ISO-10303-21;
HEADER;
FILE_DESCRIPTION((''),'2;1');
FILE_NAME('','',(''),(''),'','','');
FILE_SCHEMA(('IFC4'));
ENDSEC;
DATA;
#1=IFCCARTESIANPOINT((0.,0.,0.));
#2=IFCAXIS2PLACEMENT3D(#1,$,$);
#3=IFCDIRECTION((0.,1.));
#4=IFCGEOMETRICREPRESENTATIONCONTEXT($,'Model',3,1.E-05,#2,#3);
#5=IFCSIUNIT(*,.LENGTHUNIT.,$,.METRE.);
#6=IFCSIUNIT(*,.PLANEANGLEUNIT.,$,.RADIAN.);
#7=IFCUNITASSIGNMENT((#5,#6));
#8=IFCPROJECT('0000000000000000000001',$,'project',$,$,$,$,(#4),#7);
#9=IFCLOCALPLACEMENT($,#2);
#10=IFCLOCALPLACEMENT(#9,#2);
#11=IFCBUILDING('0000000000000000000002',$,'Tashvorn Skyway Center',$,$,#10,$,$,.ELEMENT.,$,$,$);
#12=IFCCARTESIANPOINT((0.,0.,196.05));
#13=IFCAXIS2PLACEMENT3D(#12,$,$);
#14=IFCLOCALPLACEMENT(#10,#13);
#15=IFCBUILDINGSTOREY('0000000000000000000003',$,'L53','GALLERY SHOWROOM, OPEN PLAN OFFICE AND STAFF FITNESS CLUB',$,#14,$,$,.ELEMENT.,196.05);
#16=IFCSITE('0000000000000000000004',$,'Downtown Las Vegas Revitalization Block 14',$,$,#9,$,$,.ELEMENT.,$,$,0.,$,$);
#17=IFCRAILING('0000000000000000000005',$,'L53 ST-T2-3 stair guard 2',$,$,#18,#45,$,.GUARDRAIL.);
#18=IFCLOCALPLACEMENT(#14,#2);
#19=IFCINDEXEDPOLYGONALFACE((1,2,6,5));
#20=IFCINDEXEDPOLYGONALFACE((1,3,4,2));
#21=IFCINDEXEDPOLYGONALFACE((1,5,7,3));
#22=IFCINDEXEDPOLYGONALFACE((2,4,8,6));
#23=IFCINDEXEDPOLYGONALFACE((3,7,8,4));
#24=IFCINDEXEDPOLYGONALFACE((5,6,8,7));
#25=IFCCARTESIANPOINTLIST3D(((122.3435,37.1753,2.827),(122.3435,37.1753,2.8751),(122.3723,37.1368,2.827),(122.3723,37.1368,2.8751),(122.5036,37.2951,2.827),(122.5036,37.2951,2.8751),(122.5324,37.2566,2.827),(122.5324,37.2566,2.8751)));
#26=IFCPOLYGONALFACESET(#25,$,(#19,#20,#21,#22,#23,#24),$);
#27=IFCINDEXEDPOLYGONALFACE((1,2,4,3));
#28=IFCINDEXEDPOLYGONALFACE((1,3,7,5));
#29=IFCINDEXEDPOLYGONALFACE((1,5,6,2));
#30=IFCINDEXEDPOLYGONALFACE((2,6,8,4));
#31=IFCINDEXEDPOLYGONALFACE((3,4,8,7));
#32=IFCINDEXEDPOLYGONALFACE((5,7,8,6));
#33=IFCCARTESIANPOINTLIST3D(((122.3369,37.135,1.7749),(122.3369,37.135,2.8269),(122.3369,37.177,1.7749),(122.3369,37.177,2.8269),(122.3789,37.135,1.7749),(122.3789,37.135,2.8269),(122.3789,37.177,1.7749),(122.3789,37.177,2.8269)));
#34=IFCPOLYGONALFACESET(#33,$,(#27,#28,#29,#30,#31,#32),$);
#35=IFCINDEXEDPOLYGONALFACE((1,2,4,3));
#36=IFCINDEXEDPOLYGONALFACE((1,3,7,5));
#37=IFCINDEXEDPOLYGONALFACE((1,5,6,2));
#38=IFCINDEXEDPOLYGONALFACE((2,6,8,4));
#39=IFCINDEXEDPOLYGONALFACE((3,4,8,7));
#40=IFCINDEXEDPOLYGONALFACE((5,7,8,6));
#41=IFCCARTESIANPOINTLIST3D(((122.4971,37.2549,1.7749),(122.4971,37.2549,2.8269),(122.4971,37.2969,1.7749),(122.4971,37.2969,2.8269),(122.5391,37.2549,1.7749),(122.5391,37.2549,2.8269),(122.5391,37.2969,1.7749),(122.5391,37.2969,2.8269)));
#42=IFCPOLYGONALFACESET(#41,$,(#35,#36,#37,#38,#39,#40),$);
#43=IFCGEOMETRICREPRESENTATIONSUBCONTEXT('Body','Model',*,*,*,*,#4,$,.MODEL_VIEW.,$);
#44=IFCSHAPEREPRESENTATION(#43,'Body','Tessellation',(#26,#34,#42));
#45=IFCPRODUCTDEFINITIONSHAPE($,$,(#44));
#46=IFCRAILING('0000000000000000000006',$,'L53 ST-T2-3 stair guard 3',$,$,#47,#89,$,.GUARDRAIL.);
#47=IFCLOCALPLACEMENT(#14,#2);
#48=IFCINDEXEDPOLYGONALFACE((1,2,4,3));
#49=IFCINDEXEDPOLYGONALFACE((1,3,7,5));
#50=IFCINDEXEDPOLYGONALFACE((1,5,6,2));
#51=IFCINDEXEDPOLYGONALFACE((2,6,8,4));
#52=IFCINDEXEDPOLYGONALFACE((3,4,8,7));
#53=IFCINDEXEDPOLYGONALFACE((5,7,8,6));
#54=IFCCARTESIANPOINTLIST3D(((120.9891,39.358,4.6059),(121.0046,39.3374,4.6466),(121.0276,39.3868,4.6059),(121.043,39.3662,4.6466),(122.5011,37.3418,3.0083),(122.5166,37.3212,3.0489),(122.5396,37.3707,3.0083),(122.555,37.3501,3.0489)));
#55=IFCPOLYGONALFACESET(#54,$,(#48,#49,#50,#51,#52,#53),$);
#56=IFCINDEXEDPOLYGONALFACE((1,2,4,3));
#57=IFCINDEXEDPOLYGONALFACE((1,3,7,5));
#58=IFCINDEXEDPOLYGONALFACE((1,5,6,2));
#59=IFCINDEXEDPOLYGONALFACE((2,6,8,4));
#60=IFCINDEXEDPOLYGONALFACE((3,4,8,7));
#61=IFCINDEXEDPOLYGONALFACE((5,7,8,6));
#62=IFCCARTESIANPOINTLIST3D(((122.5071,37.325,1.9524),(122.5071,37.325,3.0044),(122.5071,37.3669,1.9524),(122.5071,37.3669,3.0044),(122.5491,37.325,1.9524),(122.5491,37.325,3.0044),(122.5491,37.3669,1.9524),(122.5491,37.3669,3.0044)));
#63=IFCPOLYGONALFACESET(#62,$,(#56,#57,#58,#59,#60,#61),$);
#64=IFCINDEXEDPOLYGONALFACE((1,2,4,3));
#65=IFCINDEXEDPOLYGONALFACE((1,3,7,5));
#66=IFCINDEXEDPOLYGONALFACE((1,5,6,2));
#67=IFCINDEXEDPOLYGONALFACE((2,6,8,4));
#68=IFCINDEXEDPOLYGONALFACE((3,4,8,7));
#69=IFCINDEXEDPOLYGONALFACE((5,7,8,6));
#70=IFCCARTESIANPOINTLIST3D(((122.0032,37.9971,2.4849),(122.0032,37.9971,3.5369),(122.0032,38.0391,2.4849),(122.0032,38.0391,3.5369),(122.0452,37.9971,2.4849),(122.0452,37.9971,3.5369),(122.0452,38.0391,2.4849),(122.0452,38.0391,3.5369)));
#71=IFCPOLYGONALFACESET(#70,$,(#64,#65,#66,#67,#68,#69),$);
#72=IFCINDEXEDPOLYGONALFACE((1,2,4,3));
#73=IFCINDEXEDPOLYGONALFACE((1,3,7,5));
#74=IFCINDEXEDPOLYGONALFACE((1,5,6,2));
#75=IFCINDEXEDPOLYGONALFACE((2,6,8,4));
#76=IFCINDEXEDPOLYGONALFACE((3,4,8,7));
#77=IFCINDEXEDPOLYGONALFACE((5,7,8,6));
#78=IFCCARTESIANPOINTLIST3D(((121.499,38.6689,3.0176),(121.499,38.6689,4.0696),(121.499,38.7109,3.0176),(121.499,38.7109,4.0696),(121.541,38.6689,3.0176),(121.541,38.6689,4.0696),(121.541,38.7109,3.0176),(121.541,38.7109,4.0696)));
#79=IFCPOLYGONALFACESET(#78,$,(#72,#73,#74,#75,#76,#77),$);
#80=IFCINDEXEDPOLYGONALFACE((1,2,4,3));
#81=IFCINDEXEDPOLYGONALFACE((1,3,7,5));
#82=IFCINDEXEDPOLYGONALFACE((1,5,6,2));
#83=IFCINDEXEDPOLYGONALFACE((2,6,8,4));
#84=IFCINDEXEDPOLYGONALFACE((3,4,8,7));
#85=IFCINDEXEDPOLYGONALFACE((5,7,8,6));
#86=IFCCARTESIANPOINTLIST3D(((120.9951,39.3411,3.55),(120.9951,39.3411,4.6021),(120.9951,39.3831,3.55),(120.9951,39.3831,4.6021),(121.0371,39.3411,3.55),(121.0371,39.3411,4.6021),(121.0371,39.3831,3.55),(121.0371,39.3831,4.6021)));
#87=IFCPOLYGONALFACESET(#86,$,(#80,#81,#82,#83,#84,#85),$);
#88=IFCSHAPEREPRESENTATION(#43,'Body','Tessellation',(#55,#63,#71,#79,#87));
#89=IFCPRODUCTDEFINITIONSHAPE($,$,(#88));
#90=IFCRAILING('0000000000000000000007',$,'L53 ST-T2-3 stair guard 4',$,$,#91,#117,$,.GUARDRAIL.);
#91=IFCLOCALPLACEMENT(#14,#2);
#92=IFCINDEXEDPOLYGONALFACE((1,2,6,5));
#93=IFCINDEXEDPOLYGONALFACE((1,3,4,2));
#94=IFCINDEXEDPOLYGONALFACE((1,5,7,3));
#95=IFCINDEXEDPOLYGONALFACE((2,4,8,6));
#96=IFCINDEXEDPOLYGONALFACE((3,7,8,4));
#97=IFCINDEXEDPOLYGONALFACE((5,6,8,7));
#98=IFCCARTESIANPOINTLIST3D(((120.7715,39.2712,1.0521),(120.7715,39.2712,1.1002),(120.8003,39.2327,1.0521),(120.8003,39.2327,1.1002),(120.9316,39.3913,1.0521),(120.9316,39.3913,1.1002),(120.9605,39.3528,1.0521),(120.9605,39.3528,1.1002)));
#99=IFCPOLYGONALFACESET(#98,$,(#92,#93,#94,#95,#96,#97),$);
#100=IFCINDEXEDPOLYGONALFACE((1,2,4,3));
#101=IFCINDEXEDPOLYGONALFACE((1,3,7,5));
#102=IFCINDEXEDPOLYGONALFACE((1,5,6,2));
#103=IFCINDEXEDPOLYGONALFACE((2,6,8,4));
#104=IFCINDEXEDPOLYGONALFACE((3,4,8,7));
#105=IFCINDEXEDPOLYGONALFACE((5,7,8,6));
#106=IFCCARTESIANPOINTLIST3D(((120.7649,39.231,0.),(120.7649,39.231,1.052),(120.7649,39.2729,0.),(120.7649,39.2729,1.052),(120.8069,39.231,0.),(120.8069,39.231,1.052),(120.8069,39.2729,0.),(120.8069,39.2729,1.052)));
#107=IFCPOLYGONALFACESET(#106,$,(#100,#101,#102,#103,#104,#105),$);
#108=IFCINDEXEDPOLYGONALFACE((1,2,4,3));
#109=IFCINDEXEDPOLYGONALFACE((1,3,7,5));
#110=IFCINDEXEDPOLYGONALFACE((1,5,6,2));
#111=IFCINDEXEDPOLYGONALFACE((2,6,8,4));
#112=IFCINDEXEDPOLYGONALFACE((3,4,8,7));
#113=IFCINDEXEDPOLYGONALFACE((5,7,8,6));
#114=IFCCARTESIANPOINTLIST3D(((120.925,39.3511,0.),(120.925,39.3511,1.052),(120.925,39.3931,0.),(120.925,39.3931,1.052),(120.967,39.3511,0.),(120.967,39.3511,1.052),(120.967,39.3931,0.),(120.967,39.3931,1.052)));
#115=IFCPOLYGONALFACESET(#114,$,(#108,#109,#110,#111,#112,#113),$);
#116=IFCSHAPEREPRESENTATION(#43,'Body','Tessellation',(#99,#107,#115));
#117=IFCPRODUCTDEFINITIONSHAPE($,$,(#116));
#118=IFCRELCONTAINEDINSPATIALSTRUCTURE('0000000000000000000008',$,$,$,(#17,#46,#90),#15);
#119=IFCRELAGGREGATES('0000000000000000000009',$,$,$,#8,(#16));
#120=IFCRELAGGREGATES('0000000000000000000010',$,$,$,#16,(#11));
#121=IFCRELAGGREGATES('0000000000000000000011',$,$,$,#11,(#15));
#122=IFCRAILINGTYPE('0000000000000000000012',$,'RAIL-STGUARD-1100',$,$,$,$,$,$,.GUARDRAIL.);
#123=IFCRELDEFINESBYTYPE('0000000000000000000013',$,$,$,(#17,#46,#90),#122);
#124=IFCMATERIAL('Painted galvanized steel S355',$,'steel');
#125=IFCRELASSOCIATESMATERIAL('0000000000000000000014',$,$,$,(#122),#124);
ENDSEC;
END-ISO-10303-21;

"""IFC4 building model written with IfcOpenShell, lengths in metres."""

from ifc_helpers import new_model, si_unit, direction, frame, origin, origin_2d, place, context, subcontext, project, spatial, rectangle, extrude, material, type_object, element, save


model = new_model("IFC4")

# Units and contexts
model_context = context("Model", 3, precision=1e-05, world=origin(), true_north=direction((0.0, 1.0)))
body_context = subcontext(model_context, "Body", "Model", "MODEL_VIEW")
ifc_project = project(units=[si_unit("LENGTHUNIT", "METRE"), si_unit("PLANEANGLEUNIT", "RADIAN")], contexts=[model_context])

# Site, building, storey
site_placement = place(None, origin())
site = spatial("IfcSite", under=ifc_project, at=site_placement, Name="Downtown Las Vegas Revitalization Block 14", CompositionType="ELEMENT", RefElevation=0.0)
building_placement = place(site_placement, origin())
building = spatial("IfcBuilding", under=site, at=building_placement, Name="Tashvorn Skyway Center", CompositionType="ELEMENT")
storey_placement = place(building_placement, frame((0.0, 0.0, 196.05)))
storey = spatial("IfcBuildingStorey", under=building, at=storey_placement, Name="L53", Description="GALLERY SHOWROOM, OPEN PLAN OFFICE AND STAFF FITNESS CLUB", CompositionType="ELEMENT", Elevation=196.05)

# Railings
ifc_material_1 = material(Name="Painted galvanized steel S355", Category="steel")
railing_type_1 = type_object("IfcRailingType", Name="RAIL-STGUARD-1100", PredefinedType="GUARDRAIL", material=ifc_material_1)
railing_1_placement = place(storey_placement, frame((122.3579, 37.156, 1.7749)))
element("IfcRailing", 1, at=railing_1_placement, inside=storey, type_object=railing_type_1, Name="L53 ST-T2-3 stair guard 2", PredefinedType="GUARDRAIL", context=body_context, shape_type="SweptSolid", body=[
    extrude(rectangle(XDim=0.0481, YDim=0.0481, at=origin_2d()), frame((0.0, 0.0, 1.0762), z_axis=(0.800585, 0.599219, 0.0), x_axis=(-0.599219, 0.800585, 0.0)), (0.0, 0.0, 1.0), 0.2),
    extrude(rectangle(XDim=0.042, YDim=0.042, at=origin_2d()), origin(), (0.0, 0.0, 1.0), 1.052),
    extrude(rectangle(XDim=0.042, YDim=0.042, at=origin_2d()), frame((0.1602, 0.1199, 0.0)), (0.0, 0.0, 1.0), 1.052),
])
railing_2_placement = place(storey_placement, frame((122.5281, 37.3459, 1.9524)))
element("IfcRailing", 2, at=railing_2_placement, inside=storey, type_object=railing_type_1, Name="L53 ST-T2-3 stair guard 3", PredefinedType="GUARDRAIL", context=body_context, shape_type="SweptSolid", body=[
    extrude(rectangle(XDim=0.0481, YDim=0.0481, at=origin_2d()), frame((0.0, 0.0, 1.0762), z_axis=(-0.506719, 0.675679, 0.535438), x_axis=(-0.800023, -0.599969, 0.0)), (0.0, 0.0, 1.0), 2.9839),
    extrude(rectangle(XDim=0.042, YDim=0.042, at=origin_2d()), origin(), (0.0, 0.0, 1.0), 1.052),
    extrude(rectangle(XDim=0.042, YDim=0.042, at=origin_2d()), frame((-0.5039, 0.6721, 0.5325)), (0.0, 0.0, 1.0), 1.052),
    extrude(rectangle(XDim=0.042, YDim=0.042, at=origin_2d()), frame((-1.0081, 1.344, 1.0652)), (0.0, 0.0, 1.0), 1.052),
    extrude(rectangle(XDim=0.042, YDim=0.042, at=origin_2d()), frame((-1.512, 2.0161, 1.5977)), (0.0, 0.0, 1.0), 1.052),
])
railing_3_placement = place(storey_placement, frame((120.7859, 39.252, 0.0)))
element("IfcRailing", 3, at=railing_3_placement, inside=storey, type_object=railing_type_1, Name="L53 ST-T2-3 stair guard 4", PredefinedType="GUARDRAIL", context=body_context, shape_type="SweptSolid", body=[
    extrude(rectangle(XDim=0.0481, YDim=0.0481, at=origin_2d()), frame((0.0, 0.0, 1.0762), z_axis=(0.8, 0.6, 0.0), x_axis=(-0.6, 0.8, 0.0)), (0.0, 0.0, 1.0), 0.2002),
    extrude(rectangle(XDim=0.042, YDim=0.042, at=origin_2d()), origin(), (0.0, 0.0, 1.0), 1.052),
    extrude(rectangle(XDim=0.042, YDim=0.042, at=origin_2d()), frame((0.1602, 0.1201, 0.0)), (0.0, 0.0, 1.0), 1.052),
])

save(model, "model.ifc")
